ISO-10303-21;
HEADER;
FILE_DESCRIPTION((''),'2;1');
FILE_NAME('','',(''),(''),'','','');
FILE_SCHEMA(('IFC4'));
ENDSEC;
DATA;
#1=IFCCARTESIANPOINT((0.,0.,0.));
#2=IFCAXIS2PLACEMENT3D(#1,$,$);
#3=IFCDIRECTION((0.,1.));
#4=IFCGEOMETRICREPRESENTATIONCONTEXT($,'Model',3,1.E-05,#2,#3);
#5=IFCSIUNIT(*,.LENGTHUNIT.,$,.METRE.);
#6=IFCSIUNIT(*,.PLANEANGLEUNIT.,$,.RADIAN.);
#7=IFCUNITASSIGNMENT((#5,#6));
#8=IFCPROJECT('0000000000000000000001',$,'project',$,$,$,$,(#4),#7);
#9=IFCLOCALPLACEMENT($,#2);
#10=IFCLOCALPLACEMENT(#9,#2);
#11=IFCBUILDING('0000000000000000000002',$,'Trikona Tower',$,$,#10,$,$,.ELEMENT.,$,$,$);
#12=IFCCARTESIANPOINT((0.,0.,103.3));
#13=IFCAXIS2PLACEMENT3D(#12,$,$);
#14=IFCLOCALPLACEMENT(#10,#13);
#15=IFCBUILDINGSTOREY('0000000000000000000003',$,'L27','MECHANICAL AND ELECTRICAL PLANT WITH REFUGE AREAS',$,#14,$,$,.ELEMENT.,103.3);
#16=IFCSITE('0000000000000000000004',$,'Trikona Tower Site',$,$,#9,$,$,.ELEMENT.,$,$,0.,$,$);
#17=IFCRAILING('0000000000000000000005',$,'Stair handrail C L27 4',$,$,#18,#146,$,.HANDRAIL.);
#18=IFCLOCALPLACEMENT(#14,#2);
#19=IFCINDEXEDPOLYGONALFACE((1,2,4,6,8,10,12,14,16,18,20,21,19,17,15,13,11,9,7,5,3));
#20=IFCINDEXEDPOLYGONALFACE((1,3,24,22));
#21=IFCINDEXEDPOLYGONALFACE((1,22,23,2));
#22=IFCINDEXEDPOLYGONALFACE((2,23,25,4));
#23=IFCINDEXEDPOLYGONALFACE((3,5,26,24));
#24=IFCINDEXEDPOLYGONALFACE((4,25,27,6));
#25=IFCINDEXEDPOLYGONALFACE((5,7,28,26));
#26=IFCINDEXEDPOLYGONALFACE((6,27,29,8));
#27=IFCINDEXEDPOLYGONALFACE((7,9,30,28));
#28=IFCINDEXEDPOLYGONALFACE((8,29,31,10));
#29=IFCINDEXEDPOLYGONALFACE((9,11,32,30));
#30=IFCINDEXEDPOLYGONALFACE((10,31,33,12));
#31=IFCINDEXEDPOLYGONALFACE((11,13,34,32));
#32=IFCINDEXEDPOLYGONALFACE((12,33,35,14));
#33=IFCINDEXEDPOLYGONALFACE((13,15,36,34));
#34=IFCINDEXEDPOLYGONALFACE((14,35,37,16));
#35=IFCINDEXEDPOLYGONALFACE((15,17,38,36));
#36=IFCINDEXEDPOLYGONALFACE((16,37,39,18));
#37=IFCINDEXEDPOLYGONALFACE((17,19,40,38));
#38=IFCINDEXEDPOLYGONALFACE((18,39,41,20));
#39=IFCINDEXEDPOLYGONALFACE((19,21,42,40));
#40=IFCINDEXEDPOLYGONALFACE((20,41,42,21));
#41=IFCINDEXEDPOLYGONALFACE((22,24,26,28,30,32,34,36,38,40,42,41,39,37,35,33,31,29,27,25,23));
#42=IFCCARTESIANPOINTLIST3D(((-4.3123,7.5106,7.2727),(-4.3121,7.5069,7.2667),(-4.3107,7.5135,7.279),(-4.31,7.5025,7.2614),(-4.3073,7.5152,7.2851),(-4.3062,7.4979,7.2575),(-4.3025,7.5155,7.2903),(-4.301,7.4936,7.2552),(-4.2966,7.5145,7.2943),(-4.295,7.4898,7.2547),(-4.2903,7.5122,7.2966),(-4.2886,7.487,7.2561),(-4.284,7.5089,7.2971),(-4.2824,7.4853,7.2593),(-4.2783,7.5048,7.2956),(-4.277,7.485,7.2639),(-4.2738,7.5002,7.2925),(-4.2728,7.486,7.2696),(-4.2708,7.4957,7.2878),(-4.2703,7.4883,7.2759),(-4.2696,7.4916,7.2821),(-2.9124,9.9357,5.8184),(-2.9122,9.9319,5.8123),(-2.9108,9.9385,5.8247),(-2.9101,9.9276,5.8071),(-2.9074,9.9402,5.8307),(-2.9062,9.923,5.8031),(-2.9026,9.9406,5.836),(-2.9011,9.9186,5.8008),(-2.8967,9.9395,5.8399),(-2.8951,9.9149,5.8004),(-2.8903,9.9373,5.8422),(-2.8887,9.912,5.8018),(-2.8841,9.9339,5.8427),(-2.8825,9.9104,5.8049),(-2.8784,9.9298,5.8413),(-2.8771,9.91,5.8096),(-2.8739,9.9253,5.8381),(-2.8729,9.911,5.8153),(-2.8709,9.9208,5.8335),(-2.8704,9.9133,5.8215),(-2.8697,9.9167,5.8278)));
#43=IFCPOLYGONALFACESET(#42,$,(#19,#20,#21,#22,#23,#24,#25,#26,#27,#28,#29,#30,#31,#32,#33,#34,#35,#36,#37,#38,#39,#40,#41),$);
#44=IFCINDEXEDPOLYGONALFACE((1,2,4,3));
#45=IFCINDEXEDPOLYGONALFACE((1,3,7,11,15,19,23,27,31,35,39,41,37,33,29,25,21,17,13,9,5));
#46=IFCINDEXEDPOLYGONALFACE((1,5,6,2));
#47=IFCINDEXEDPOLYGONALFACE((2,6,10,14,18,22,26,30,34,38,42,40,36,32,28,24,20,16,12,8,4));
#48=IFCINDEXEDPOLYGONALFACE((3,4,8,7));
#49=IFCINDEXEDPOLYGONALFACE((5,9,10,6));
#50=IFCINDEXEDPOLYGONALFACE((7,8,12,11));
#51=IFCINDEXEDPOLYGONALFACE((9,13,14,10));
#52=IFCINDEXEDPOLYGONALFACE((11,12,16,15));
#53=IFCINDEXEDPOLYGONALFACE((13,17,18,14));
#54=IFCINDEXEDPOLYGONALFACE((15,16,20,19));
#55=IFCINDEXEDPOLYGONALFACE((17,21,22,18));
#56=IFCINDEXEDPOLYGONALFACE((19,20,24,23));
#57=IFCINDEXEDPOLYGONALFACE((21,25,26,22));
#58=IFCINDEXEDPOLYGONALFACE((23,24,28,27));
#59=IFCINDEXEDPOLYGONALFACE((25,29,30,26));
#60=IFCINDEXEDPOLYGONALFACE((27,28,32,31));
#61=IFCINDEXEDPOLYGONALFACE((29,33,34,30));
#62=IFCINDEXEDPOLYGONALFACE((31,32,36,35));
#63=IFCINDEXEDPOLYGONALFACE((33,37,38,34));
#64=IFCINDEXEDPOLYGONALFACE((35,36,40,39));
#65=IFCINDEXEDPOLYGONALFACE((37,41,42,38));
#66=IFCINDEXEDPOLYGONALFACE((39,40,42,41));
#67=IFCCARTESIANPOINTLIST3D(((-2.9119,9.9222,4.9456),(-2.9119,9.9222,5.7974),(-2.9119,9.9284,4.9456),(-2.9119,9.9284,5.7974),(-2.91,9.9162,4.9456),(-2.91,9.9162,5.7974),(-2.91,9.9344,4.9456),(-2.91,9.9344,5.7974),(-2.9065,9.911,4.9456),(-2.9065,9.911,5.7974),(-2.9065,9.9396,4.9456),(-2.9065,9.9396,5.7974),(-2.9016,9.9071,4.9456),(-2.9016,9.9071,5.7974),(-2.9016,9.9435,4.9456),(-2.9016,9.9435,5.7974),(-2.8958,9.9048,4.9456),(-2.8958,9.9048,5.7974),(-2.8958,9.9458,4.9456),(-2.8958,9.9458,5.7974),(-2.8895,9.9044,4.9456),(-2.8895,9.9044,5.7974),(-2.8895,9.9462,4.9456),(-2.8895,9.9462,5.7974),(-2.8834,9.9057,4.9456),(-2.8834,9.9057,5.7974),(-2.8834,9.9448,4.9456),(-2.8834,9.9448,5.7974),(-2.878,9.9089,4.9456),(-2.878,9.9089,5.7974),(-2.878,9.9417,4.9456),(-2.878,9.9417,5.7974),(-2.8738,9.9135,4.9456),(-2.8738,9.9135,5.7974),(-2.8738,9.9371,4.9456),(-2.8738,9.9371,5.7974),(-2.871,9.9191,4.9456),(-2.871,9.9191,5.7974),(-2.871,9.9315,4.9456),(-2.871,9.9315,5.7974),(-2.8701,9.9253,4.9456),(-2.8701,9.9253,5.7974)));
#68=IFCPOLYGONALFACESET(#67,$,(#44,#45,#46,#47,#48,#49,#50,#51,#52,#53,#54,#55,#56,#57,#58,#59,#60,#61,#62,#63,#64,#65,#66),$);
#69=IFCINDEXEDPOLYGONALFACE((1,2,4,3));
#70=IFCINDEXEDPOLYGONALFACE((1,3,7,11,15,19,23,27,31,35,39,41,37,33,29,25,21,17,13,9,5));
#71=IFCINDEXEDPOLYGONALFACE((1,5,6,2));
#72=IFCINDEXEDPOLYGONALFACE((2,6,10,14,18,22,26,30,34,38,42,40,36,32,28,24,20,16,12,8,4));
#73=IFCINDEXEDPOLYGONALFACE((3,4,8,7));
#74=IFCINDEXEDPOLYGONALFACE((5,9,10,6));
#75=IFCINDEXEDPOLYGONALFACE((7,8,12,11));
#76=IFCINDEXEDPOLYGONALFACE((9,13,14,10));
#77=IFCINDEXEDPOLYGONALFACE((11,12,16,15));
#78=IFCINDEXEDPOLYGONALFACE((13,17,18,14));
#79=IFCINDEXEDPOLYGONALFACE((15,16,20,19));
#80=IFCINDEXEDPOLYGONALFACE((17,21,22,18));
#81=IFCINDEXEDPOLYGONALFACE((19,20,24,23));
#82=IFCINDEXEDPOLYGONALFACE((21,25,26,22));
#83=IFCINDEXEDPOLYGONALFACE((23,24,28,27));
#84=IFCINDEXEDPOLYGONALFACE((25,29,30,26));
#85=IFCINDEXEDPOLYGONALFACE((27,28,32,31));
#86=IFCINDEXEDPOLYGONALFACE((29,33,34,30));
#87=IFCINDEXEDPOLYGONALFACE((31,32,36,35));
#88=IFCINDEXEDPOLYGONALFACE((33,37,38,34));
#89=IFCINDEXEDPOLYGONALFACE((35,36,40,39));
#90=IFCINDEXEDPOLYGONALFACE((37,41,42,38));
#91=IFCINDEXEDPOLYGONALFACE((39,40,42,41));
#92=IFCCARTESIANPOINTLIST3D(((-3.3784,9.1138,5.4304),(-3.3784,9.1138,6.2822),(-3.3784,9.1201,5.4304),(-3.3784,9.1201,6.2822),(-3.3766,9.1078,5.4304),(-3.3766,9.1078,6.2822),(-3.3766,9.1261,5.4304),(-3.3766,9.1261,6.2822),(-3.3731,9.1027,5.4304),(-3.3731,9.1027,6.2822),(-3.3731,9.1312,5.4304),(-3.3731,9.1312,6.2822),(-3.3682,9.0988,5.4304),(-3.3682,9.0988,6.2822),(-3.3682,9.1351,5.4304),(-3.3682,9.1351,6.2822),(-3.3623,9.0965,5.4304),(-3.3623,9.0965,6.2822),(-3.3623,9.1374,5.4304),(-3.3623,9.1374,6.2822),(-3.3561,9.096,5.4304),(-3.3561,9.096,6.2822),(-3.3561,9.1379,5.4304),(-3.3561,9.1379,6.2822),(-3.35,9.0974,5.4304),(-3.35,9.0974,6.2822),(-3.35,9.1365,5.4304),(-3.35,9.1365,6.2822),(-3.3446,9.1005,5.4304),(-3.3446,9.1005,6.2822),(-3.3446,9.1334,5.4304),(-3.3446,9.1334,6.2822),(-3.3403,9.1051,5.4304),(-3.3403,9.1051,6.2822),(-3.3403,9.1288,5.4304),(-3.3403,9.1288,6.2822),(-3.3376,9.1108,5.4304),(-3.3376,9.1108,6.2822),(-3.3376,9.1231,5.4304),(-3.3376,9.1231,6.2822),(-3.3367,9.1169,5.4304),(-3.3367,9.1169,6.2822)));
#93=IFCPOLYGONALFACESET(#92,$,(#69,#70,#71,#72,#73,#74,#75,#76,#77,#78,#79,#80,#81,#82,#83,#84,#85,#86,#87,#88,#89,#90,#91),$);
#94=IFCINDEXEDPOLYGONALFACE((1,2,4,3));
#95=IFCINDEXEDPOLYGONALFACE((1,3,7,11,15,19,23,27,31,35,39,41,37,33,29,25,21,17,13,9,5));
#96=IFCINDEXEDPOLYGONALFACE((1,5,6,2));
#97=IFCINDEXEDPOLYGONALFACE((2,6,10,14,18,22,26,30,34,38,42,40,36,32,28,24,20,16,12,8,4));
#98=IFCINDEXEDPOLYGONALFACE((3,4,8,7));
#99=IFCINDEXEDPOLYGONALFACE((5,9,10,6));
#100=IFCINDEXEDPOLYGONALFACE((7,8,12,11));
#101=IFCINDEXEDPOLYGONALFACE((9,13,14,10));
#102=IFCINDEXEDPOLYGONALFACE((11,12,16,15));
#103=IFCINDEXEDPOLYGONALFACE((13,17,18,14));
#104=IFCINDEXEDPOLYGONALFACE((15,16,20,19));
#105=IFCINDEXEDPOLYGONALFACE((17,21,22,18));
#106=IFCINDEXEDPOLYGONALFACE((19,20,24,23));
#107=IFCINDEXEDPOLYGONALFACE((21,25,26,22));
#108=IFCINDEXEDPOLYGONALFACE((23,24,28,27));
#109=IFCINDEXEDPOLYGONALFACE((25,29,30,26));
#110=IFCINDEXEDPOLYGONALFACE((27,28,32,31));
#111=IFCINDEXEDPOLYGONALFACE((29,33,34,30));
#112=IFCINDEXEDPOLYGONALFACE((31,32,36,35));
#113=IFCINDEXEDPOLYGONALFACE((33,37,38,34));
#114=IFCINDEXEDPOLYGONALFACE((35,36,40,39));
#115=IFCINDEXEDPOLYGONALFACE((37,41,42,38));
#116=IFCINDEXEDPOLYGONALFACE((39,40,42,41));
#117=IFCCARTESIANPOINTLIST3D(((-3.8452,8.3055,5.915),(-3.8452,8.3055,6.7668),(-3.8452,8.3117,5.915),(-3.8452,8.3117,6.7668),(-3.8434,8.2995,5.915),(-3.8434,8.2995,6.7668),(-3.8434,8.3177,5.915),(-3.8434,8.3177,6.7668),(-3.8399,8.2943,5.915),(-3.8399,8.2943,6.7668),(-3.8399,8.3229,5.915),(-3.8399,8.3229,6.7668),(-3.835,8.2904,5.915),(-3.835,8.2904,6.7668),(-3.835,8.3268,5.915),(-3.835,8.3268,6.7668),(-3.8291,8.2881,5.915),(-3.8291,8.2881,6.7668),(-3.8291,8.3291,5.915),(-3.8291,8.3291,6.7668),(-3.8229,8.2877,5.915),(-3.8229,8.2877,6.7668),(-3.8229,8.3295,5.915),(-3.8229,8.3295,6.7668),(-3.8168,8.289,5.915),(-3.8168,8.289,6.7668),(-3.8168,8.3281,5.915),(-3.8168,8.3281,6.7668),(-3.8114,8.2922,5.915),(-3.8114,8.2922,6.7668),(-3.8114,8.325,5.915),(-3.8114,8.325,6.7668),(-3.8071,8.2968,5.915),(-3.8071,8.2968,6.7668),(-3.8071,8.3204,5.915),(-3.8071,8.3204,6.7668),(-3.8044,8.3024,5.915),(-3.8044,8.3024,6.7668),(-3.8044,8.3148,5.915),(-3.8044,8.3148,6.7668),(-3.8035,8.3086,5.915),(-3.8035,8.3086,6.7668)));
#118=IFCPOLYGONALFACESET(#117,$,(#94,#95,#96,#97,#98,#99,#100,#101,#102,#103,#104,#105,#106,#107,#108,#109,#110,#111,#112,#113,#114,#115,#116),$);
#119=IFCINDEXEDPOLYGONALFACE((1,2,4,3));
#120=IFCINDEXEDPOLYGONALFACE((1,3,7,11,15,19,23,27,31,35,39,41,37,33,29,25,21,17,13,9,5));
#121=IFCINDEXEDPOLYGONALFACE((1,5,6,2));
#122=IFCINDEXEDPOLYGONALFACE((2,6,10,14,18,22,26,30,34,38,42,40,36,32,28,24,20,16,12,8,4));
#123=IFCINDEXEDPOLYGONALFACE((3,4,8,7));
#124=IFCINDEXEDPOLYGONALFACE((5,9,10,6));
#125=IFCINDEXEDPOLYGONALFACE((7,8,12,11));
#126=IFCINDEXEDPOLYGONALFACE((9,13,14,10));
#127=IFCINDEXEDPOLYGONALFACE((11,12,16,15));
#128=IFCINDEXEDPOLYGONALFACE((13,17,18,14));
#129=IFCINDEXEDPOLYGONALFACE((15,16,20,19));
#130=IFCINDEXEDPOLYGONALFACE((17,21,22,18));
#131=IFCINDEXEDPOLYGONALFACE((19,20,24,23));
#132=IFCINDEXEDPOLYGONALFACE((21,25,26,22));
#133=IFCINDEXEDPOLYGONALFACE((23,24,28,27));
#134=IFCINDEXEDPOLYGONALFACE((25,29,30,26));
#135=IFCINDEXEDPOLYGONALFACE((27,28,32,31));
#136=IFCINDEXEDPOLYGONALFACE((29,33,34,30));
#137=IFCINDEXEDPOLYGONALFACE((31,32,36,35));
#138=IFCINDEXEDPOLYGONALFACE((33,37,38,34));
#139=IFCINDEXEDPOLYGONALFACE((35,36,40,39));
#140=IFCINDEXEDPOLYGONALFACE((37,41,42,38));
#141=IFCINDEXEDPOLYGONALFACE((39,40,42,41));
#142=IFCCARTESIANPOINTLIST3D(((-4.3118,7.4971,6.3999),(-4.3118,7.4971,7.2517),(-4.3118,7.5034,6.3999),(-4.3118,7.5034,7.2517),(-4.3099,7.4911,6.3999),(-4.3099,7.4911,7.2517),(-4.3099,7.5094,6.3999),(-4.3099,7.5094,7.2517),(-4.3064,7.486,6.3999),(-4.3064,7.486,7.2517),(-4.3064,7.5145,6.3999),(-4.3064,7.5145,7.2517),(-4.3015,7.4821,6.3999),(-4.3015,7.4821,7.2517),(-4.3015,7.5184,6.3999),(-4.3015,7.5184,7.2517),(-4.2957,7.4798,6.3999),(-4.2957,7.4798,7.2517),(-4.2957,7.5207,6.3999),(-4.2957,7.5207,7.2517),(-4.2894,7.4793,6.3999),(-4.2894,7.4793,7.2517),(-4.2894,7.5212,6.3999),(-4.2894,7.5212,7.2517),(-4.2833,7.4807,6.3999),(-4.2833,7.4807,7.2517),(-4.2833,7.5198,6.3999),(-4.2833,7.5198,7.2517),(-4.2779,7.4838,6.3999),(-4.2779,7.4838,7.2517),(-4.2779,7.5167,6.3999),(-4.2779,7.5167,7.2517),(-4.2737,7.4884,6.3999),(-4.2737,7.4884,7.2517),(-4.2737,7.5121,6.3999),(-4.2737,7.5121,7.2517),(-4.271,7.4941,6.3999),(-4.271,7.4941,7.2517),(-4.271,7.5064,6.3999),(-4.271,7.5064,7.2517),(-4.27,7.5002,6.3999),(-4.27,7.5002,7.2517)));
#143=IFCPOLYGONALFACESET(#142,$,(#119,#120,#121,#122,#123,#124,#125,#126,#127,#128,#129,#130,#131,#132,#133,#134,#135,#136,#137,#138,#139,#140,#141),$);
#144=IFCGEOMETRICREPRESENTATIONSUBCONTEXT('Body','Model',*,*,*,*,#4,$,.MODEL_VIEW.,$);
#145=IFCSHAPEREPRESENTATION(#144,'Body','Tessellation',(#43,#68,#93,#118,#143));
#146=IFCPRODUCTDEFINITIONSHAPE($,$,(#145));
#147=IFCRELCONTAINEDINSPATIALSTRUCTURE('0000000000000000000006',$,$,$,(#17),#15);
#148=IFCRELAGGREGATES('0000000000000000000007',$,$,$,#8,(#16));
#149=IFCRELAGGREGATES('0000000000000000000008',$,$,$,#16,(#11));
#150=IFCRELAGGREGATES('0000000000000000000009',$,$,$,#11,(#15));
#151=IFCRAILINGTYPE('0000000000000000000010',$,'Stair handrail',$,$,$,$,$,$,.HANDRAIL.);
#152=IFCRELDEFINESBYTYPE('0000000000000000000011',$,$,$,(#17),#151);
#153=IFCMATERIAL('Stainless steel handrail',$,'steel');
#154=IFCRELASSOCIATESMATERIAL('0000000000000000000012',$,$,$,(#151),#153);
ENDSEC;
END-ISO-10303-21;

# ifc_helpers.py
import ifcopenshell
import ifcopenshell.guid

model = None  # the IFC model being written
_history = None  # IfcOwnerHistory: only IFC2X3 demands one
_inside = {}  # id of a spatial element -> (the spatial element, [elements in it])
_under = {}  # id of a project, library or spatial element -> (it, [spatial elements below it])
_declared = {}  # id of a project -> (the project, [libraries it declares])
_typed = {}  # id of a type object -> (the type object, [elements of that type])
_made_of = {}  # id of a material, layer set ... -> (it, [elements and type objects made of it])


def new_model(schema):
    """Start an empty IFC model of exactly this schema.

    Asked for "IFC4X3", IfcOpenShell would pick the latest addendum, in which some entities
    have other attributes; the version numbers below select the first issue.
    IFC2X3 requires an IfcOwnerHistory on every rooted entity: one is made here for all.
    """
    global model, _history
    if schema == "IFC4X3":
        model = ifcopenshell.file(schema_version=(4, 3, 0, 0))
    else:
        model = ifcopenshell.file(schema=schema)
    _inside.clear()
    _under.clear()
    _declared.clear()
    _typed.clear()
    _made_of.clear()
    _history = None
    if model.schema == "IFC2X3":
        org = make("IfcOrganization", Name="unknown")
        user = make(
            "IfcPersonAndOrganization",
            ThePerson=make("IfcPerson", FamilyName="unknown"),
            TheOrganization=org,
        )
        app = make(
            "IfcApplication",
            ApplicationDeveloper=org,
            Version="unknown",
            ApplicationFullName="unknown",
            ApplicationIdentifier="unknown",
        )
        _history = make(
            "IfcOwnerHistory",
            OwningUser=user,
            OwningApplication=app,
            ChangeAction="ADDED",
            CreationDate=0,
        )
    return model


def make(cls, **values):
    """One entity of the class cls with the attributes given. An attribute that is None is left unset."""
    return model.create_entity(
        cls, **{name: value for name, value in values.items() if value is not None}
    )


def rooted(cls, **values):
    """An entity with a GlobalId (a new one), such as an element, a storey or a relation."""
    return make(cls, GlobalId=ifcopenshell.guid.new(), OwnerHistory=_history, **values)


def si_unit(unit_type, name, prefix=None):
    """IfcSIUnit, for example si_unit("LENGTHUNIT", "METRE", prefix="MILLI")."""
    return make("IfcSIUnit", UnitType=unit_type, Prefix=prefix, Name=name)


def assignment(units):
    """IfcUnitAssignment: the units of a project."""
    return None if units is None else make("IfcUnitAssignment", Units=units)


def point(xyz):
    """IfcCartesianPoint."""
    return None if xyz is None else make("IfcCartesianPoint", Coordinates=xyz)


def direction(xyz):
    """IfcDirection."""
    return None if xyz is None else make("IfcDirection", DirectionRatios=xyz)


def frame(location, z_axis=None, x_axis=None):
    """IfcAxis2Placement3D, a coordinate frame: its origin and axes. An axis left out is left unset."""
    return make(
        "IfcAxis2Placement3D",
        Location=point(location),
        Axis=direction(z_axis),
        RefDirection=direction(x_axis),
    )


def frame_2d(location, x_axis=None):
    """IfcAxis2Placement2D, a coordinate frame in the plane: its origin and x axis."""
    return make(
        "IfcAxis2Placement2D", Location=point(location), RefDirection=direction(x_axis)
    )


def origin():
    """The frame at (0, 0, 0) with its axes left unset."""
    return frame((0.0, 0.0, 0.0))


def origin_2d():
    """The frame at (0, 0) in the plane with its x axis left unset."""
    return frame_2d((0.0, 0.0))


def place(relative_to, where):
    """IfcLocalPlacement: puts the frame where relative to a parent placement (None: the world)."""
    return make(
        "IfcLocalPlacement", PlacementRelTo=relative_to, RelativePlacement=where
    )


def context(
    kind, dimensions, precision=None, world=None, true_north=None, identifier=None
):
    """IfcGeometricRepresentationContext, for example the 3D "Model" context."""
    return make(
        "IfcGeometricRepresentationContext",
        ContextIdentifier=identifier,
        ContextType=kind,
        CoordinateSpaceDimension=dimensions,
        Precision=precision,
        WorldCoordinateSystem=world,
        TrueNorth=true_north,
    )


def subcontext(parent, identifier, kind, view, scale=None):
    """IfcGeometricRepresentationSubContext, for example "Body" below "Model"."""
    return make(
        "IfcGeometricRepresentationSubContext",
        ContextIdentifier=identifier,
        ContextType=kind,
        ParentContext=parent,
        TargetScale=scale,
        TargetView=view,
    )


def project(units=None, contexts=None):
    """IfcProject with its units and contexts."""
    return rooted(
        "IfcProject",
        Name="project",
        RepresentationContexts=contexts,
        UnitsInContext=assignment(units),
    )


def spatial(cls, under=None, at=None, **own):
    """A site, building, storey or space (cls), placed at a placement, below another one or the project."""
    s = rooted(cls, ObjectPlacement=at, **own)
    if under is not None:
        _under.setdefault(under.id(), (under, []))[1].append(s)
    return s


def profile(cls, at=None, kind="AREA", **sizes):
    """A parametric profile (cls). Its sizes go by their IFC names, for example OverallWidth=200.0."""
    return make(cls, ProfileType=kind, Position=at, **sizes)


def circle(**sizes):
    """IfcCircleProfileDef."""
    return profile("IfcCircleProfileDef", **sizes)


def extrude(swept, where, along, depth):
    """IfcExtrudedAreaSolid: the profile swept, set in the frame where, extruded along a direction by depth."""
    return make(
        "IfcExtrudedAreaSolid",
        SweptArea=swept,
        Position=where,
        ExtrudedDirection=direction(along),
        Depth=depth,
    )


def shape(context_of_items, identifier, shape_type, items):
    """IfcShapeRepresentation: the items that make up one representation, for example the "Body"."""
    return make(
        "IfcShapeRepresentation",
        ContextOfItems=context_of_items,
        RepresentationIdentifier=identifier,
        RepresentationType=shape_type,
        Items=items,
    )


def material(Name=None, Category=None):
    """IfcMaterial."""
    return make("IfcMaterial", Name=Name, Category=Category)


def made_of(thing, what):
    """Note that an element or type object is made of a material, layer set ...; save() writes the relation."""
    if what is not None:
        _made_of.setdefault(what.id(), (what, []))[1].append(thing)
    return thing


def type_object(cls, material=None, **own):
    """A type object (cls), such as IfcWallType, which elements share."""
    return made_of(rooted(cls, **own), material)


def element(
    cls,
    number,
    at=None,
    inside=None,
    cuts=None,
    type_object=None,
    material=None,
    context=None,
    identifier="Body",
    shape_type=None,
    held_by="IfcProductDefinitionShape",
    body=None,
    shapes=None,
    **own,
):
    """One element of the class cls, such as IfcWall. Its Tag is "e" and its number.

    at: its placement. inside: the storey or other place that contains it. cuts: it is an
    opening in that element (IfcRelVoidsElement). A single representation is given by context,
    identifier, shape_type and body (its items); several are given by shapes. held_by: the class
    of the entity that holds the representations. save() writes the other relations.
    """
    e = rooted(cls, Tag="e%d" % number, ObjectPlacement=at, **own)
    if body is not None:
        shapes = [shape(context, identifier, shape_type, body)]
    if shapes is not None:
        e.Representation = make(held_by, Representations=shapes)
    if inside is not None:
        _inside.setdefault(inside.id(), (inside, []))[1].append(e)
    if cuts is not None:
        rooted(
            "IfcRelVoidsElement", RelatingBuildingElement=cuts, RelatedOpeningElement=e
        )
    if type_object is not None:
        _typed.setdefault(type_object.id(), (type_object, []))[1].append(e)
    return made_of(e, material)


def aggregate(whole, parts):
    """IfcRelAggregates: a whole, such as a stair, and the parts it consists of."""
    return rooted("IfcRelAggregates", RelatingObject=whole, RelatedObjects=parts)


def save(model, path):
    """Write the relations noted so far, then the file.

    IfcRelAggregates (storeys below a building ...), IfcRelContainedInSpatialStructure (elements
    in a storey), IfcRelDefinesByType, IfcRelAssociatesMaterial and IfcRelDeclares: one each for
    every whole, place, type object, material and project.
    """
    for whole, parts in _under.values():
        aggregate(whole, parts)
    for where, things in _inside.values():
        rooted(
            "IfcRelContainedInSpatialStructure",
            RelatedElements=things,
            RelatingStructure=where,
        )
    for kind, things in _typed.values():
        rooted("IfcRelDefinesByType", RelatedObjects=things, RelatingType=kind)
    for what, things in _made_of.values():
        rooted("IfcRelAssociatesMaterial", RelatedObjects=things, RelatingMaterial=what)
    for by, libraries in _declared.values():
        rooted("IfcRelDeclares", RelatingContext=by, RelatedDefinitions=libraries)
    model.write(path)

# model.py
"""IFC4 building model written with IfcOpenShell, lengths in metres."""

from ifc_helpers import new_model, si_unit, direction, frame, origin, origin_2d, place, context, subcontext, project, spatial, circle, extrude, material, type_object, element, save


model = new_model("IFC4")

# Units and contexts
model_context = context("Model", 3, precision=1e-05, world=origin(), true_north=direction((0.0, 1.0)))
body_context = subcontext(model_context, "Body", "Model", "MODEL_VIEW")
ifc_project = project(units=[si_unit("LENGTHUNIT", "METRE"), si_unit("PLANEANGLEUNIT", "RADIAN")], contexts=[model_context])

# Site, building, storey
site_placement = place(None, origin())
site = spatial("IfcSite", under=ifc_project, at=site_placement, Name="Trikona Tower Site", CompositionType="ELEMENT", RefElevation=0.0)
building_placement = place(site_placement, origin())
building = spatial("IfcBuilding", under=site, at=building_placement, Name="Trikona Tower", CompositionType="ELEMENT")
storey_placement = place(building_placement, frame((0.0, 0.0, 103.3)))
storey = spatial("IfcBuildingStorey", under=building, at=storey_placement, Name="L27", Description="MECHANICAL AND ELECTRICAL PLANT WITH REFUGE AREAS", CompositionType="ELEMENT", Elevation=103.3)

# Railing
ifc_material_1 = material(Name="Stainless steel handrail", Category="steel")
railing_type = type_object("IfcRailingType", Name="Stair handrail", PredefinedType="HANDRAIL", material=ifc_material_1)
railing_1_placement = place(storey_placement, frame((-2.8911, 9.9253, 4.9456)))
element("IfcRailing", 1, at=railing_1_placement, inside=storey, type_object=railing_type, Name="Stair handrail C L27 4", PredefinedType="HANDRAIL", context=body_context, shape_type="SweptSolid", body=[
    extrude(circle(Radius=0.0239, at=origin_2d()), frame((0.0, 0.0, 0.876), z_axis=(-0.443672, -0.768572, 0.460926), x_axis=(0.866056, -0.499946, 0.0)), (0.0, 0.0, 1.0), 3.1553),
    extrude(circle(Radius=0.021, at=origin_2d()), origin(), (0.0, 0.0, 1.0), 0.8518),
    extrude(circle(Radius=0.021, at=origin_2d()), frame((-0.4666, -0.8083, 0.4849)), (0.0, 0.0, 1.0), 0.8518),
    extrude(circle(Radius=0.021, at=origin_2d()), frame((-0.9333, -1.6167, 0.9695)), (0.0, 0.0, 1.0), 0.8518),
    extrude(circle(Radius=0.021, at=origin_2d()), frame((-1.3999, -2.425, 1.4543)), (0.0, 0.0, 1.0), 0.8518),
])

save(model, "model.ifc")
